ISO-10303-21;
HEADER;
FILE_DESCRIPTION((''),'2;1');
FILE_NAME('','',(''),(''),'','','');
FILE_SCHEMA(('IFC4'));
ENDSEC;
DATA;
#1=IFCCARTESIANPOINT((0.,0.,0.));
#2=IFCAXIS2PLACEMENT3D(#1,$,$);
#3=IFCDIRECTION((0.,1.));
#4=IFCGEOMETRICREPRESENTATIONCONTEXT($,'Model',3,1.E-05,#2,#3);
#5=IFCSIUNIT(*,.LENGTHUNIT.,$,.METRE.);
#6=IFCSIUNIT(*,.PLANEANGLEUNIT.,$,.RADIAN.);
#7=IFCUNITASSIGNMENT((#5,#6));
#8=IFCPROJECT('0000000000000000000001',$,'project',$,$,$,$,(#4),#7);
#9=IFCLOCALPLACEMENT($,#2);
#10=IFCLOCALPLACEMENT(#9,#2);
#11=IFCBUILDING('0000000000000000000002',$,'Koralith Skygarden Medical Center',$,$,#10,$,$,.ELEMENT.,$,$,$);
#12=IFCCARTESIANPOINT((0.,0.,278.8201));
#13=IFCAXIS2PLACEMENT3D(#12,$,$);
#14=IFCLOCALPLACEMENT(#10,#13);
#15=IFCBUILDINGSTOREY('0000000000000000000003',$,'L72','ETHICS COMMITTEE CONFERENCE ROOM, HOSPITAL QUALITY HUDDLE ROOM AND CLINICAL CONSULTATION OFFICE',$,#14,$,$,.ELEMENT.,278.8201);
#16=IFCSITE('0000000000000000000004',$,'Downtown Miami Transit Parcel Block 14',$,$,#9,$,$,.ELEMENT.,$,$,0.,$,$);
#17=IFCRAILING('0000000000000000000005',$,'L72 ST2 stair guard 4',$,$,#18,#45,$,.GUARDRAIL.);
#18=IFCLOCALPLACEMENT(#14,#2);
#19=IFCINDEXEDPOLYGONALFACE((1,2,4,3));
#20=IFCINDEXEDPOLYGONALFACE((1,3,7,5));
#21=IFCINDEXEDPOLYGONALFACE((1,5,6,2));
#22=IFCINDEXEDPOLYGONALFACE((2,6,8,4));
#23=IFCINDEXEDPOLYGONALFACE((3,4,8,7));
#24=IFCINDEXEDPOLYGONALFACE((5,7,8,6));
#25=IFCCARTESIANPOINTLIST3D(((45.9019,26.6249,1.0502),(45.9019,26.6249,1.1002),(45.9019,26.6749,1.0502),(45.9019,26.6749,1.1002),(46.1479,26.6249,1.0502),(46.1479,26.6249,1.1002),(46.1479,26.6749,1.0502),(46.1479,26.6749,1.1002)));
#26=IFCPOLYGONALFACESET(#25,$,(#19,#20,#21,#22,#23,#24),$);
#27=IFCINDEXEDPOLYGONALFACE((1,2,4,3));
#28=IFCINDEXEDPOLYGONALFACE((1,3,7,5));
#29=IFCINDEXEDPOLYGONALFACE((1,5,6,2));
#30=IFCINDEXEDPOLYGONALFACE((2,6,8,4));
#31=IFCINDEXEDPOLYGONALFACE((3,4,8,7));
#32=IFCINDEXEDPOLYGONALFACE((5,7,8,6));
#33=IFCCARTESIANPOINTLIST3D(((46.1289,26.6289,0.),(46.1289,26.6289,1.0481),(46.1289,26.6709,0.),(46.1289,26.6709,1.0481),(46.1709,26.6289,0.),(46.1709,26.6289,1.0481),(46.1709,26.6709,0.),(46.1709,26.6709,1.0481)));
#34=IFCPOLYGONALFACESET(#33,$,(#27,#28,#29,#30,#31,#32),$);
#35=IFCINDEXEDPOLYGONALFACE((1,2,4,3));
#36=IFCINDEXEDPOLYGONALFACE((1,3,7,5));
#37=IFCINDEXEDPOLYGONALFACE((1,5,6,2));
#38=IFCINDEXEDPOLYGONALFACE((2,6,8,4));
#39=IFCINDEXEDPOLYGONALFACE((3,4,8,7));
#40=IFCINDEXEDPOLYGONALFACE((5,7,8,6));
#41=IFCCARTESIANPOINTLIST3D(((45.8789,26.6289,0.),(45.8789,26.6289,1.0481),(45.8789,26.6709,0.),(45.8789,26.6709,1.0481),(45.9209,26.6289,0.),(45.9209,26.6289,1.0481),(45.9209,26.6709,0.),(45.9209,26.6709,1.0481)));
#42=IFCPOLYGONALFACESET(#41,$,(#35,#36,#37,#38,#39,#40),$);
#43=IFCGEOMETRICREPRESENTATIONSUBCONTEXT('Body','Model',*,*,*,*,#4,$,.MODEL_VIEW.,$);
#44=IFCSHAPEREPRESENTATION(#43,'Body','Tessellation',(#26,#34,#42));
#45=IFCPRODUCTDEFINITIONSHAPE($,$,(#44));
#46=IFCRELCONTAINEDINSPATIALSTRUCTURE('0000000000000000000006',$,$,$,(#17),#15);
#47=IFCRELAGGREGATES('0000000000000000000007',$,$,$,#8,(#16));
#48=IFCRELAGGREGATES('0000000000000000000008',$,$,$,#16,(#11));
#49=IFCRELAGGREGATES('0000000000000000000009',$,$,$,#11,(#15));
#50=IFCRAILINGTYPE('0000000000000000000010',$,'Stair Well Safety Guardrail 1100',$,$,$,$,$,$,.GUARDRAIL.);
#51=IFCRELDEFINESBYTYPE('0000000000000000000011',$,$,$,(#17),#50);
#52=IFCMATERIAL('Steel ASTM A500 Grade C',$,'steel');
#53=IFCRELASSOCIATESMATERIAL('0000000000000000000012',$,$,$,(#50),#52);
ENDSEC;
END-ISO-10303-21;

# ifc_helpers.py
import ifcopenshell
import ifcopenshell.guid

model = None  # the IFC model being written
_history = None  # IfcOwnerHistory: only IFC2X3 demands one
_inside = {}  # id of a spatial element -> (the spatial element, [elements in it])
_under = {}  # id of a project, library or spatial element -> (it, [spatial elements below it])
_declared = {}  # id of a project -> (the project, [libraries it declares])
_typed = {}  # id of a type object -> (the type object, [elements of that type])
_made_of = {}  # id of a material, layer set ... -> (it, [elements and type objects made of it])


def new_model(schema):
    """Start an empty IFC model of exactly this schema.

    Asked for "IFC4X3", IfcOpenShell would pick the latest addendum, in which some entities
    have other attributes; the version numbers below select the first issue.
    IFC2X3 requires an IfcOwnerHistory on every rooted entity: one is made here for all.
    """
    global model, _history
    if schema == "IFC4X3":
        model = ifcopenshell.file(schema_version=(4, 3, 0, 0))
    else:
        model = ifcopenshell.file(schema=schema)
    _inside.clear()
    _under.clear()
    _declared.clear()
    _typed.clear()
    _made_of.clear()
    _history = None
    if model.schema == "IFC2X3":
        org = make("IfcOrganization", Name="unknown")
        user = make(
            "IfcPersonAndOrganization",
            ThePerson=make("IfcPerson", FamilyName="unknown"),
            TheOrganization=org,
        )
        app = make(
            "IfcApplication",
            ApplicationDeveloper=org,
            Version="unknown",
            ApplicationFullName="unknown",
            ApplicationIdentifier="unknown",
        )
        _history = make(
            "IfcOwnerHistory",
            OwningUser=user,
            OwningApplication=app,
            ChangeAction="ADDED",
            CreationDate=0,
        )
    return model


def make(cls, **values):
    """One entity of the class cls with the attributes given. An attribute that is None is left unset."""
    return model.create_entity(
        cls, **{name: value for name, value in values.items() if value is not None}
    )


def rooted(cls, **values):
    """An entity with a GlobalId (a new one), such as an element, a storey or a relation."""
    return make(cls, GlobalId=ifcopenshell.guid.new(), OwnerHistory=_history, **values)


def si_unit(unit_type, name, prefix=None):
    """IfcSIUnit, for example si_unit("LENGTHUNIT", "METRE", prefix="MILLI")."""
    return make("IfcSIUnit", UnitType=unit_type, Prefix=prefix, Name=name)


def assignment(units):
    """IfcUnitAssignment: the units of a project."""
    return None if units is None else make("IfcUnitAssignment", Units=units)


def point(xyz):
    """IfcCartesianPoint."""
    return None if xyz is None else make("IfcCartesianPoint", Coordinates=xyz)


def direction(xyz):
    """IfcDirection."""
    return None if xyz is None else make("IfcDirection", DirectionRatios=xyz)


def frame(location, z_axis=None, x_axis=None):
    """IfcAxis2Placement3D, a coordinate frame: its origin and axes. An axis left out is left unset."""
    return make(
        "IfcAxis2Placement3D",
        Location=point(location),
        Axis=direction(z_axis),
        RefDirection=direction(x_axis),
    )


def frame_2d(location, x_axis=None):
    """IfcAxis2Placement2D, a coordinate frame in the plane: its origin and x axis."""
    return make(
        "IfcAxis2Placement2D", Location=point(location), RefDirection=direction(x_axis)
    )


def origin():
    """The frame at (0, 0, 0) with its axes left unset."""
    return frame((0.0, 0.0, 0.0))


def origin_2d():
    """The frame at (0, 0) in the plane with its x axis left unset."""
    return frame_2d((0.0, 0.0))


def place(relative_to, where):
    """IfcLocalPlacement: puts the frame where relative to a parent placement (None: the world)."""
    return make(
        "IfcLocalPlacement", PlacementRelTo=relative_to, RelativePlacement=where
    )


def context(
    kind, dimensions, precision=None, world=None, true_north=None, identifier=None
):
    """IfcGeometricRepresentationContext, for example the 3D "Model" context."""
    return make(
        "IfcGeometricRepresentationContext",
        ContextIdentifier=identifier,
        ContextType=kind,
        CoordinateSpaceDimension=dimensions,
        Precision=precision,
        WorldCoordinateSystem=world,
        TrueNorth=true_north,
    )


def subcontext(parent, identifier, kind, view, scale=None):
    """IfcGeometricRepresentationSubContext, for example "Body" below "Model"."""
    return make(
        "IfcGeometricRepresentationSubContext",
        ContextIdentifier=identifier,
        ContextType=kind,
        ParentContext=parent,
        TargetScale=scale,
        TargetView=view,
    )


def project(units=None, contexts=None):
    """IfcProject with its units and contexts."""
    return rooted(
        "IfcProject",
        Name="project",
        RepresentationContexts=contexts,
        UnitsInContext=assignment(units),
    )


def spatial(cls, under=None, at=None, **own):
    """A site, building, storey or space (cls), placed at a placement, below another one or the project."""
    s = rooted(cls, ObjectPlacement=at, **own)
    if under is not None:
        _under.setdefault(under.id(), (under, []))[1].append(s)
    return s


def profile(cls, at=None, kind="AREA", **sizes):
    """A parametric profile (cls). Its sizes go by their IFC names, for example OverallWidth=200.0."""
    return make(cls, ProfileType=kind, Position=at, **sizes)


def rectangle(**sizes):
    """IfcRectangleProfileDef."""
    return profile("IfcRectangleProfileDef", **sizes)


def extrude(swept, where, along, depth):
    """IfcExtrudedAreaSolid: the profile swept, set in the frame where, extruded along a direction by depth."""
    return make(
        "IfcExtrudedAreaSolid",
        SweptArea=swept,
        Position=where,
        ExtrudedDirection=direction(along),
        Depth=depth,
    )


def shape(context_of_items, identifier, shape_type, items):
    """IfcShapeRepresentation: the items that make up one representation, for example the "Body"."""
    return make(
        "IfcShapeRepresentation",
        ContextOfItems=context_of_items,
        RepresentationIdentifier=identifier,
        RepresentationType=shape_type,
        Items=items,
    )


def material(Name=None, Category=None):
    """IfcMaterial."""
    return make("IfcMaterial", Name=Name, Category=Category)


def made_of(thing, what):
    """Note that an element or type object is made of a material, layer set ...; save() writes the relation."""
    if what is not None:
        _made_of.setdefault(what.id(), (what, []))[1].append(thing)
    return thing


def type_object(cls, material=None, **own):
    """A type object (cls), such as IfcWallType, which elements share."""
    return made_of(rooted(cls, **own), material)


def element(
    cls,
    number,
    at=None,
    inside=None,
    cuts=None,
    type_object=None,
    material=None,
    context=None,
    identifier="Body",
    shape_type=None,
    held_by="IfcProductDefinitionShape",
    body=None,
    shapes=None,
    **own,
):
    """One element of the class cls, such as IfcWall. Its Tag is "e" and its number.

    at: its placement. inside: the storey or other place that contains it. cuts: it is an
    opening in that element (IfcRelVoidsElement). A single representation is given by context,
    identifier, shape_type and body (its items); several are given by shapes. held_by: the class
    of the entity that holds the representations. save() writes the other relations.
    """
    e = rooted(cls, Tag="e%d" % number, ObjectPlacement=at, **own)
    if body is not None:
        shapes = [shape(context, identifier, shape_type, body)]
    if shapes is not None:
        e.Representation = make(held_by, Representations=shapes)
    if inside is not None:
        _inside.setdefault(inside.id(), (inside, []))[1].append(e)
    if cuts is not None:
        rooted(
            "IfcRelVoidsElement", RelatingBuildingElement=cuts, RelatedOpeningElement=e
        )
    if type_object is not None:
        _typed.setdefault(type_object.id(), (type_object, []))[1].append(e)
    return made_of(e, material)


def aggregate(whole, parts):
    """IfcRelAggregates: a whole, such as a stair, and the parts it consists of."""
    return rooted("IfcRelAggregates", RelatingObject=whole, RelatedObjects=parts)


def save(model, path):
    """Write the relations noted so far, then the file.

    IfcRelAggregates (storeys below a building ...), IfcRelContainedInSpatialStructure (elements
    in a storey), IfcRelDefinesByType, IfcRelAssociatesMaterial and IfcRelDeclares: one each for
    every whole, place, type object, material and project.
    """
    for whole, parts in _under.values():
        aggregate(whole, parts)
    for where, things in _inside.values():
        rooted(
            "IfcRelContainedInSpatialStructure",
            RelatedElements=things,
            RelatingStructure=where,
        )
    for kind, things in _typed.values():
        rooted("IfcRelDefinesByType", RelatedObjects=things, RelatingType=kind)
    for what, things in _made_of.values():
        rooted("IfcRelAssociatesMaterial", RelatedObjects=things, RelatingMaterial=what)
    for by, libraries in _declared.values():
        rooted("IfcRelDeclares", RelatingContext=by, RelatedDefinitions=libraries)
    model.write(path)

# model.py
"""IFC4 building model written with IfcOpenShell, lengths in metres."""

from ifc_helpers import new_model, si_unit, direction, frame, origin, origin_2d, place, context, subcontext, project, spatial, rectangle, extrude, material, type_object, element, save


model = new_model("IFC4")

# Units and contexts
model_context = context("Model", 3, precision=1e-05, world=origin(), true_north=direction((0.0, 1.0)))
body_context = subcontext(model_context, "Body", "Model", "MODEL_VIEW")
ifc_project = project(units=[si_unit("LENGTHUNIT", "METRE"), si_unit("PLANEANGLEUNIT", "RADIAN")], contexts=[model_context])

# Site, building, storey
site_placement = place(None, origin())
site = spatial("IfcSite", under=ifc_project, at=site_placement, Name="Downtown Miami Transit Parcel Block 14", CompositionType="ELEMENT", RefElevation=0.0)
building_placement = place(site_placement, origin())
building = spatial("IfcBuilding", under=site, at=building_placement, Name="Koralith Skygarden Medical Center", CompositionType="ELEMENT")
storey_placement = place(building_placement, frame((0.0, 0.0, 278.8201)))
storey = spatial("IfcBuildingStorey", under=building, at=storey_placement, Name="L72", Description="ETHICS COMMITTEE CONFERENCE ROOM, HOSPITAL QUALITY HUDDLE ROOM AND CLINICAL CONSULTATION OFFICE", CompositionType="ELEMENT", Elevation=278.8201)

# Railing
ifc_material_1 = material(Name="Steel ASTM A500 Grade C", Category="steel")
railing_type_1 = type_object("IfcRailingType", Name="Stair Well Safety Guardrail 1100", PredefinedType="GUARDRAIL", material=ifc_material_1)
railing_1_placement = place(storey_placement, frame((46.1499, 26.6499, 0.0)))
element("IfcRailing", 1, at=railing_1_placement, inside=storey, type_object=railing_type_1, Name="L72 ST2 stair guard 4", PredefinedType="GUARDRAIL", context=body_context, shape_type="SweptSolid", body=[
    extrude(rectangle(XDim=0.05, YDim=0.05, at=origin_2d()), frame((-0.002, 0.0, 1.0752), z_axis=(-1.0, 0.0, 0.0), x_axis=(0.0, -1.0, 0.0)), (0.0, 0.0, 1.0), 0.2461),
    extrude(rectangle(XDim=0.042, YDim=0.042, at=origin_2d()), origin(), (0.0, 0.0, 1.0), 1.0481),
    extrude(rectangle(XDim=0.042, YDim=0.042, at=origin_2d()), frame((-0.25, 0.0, 0.0)), (0.0, 0.0, 1.0), 1.0481),
])

save(model, "model.ifc")
